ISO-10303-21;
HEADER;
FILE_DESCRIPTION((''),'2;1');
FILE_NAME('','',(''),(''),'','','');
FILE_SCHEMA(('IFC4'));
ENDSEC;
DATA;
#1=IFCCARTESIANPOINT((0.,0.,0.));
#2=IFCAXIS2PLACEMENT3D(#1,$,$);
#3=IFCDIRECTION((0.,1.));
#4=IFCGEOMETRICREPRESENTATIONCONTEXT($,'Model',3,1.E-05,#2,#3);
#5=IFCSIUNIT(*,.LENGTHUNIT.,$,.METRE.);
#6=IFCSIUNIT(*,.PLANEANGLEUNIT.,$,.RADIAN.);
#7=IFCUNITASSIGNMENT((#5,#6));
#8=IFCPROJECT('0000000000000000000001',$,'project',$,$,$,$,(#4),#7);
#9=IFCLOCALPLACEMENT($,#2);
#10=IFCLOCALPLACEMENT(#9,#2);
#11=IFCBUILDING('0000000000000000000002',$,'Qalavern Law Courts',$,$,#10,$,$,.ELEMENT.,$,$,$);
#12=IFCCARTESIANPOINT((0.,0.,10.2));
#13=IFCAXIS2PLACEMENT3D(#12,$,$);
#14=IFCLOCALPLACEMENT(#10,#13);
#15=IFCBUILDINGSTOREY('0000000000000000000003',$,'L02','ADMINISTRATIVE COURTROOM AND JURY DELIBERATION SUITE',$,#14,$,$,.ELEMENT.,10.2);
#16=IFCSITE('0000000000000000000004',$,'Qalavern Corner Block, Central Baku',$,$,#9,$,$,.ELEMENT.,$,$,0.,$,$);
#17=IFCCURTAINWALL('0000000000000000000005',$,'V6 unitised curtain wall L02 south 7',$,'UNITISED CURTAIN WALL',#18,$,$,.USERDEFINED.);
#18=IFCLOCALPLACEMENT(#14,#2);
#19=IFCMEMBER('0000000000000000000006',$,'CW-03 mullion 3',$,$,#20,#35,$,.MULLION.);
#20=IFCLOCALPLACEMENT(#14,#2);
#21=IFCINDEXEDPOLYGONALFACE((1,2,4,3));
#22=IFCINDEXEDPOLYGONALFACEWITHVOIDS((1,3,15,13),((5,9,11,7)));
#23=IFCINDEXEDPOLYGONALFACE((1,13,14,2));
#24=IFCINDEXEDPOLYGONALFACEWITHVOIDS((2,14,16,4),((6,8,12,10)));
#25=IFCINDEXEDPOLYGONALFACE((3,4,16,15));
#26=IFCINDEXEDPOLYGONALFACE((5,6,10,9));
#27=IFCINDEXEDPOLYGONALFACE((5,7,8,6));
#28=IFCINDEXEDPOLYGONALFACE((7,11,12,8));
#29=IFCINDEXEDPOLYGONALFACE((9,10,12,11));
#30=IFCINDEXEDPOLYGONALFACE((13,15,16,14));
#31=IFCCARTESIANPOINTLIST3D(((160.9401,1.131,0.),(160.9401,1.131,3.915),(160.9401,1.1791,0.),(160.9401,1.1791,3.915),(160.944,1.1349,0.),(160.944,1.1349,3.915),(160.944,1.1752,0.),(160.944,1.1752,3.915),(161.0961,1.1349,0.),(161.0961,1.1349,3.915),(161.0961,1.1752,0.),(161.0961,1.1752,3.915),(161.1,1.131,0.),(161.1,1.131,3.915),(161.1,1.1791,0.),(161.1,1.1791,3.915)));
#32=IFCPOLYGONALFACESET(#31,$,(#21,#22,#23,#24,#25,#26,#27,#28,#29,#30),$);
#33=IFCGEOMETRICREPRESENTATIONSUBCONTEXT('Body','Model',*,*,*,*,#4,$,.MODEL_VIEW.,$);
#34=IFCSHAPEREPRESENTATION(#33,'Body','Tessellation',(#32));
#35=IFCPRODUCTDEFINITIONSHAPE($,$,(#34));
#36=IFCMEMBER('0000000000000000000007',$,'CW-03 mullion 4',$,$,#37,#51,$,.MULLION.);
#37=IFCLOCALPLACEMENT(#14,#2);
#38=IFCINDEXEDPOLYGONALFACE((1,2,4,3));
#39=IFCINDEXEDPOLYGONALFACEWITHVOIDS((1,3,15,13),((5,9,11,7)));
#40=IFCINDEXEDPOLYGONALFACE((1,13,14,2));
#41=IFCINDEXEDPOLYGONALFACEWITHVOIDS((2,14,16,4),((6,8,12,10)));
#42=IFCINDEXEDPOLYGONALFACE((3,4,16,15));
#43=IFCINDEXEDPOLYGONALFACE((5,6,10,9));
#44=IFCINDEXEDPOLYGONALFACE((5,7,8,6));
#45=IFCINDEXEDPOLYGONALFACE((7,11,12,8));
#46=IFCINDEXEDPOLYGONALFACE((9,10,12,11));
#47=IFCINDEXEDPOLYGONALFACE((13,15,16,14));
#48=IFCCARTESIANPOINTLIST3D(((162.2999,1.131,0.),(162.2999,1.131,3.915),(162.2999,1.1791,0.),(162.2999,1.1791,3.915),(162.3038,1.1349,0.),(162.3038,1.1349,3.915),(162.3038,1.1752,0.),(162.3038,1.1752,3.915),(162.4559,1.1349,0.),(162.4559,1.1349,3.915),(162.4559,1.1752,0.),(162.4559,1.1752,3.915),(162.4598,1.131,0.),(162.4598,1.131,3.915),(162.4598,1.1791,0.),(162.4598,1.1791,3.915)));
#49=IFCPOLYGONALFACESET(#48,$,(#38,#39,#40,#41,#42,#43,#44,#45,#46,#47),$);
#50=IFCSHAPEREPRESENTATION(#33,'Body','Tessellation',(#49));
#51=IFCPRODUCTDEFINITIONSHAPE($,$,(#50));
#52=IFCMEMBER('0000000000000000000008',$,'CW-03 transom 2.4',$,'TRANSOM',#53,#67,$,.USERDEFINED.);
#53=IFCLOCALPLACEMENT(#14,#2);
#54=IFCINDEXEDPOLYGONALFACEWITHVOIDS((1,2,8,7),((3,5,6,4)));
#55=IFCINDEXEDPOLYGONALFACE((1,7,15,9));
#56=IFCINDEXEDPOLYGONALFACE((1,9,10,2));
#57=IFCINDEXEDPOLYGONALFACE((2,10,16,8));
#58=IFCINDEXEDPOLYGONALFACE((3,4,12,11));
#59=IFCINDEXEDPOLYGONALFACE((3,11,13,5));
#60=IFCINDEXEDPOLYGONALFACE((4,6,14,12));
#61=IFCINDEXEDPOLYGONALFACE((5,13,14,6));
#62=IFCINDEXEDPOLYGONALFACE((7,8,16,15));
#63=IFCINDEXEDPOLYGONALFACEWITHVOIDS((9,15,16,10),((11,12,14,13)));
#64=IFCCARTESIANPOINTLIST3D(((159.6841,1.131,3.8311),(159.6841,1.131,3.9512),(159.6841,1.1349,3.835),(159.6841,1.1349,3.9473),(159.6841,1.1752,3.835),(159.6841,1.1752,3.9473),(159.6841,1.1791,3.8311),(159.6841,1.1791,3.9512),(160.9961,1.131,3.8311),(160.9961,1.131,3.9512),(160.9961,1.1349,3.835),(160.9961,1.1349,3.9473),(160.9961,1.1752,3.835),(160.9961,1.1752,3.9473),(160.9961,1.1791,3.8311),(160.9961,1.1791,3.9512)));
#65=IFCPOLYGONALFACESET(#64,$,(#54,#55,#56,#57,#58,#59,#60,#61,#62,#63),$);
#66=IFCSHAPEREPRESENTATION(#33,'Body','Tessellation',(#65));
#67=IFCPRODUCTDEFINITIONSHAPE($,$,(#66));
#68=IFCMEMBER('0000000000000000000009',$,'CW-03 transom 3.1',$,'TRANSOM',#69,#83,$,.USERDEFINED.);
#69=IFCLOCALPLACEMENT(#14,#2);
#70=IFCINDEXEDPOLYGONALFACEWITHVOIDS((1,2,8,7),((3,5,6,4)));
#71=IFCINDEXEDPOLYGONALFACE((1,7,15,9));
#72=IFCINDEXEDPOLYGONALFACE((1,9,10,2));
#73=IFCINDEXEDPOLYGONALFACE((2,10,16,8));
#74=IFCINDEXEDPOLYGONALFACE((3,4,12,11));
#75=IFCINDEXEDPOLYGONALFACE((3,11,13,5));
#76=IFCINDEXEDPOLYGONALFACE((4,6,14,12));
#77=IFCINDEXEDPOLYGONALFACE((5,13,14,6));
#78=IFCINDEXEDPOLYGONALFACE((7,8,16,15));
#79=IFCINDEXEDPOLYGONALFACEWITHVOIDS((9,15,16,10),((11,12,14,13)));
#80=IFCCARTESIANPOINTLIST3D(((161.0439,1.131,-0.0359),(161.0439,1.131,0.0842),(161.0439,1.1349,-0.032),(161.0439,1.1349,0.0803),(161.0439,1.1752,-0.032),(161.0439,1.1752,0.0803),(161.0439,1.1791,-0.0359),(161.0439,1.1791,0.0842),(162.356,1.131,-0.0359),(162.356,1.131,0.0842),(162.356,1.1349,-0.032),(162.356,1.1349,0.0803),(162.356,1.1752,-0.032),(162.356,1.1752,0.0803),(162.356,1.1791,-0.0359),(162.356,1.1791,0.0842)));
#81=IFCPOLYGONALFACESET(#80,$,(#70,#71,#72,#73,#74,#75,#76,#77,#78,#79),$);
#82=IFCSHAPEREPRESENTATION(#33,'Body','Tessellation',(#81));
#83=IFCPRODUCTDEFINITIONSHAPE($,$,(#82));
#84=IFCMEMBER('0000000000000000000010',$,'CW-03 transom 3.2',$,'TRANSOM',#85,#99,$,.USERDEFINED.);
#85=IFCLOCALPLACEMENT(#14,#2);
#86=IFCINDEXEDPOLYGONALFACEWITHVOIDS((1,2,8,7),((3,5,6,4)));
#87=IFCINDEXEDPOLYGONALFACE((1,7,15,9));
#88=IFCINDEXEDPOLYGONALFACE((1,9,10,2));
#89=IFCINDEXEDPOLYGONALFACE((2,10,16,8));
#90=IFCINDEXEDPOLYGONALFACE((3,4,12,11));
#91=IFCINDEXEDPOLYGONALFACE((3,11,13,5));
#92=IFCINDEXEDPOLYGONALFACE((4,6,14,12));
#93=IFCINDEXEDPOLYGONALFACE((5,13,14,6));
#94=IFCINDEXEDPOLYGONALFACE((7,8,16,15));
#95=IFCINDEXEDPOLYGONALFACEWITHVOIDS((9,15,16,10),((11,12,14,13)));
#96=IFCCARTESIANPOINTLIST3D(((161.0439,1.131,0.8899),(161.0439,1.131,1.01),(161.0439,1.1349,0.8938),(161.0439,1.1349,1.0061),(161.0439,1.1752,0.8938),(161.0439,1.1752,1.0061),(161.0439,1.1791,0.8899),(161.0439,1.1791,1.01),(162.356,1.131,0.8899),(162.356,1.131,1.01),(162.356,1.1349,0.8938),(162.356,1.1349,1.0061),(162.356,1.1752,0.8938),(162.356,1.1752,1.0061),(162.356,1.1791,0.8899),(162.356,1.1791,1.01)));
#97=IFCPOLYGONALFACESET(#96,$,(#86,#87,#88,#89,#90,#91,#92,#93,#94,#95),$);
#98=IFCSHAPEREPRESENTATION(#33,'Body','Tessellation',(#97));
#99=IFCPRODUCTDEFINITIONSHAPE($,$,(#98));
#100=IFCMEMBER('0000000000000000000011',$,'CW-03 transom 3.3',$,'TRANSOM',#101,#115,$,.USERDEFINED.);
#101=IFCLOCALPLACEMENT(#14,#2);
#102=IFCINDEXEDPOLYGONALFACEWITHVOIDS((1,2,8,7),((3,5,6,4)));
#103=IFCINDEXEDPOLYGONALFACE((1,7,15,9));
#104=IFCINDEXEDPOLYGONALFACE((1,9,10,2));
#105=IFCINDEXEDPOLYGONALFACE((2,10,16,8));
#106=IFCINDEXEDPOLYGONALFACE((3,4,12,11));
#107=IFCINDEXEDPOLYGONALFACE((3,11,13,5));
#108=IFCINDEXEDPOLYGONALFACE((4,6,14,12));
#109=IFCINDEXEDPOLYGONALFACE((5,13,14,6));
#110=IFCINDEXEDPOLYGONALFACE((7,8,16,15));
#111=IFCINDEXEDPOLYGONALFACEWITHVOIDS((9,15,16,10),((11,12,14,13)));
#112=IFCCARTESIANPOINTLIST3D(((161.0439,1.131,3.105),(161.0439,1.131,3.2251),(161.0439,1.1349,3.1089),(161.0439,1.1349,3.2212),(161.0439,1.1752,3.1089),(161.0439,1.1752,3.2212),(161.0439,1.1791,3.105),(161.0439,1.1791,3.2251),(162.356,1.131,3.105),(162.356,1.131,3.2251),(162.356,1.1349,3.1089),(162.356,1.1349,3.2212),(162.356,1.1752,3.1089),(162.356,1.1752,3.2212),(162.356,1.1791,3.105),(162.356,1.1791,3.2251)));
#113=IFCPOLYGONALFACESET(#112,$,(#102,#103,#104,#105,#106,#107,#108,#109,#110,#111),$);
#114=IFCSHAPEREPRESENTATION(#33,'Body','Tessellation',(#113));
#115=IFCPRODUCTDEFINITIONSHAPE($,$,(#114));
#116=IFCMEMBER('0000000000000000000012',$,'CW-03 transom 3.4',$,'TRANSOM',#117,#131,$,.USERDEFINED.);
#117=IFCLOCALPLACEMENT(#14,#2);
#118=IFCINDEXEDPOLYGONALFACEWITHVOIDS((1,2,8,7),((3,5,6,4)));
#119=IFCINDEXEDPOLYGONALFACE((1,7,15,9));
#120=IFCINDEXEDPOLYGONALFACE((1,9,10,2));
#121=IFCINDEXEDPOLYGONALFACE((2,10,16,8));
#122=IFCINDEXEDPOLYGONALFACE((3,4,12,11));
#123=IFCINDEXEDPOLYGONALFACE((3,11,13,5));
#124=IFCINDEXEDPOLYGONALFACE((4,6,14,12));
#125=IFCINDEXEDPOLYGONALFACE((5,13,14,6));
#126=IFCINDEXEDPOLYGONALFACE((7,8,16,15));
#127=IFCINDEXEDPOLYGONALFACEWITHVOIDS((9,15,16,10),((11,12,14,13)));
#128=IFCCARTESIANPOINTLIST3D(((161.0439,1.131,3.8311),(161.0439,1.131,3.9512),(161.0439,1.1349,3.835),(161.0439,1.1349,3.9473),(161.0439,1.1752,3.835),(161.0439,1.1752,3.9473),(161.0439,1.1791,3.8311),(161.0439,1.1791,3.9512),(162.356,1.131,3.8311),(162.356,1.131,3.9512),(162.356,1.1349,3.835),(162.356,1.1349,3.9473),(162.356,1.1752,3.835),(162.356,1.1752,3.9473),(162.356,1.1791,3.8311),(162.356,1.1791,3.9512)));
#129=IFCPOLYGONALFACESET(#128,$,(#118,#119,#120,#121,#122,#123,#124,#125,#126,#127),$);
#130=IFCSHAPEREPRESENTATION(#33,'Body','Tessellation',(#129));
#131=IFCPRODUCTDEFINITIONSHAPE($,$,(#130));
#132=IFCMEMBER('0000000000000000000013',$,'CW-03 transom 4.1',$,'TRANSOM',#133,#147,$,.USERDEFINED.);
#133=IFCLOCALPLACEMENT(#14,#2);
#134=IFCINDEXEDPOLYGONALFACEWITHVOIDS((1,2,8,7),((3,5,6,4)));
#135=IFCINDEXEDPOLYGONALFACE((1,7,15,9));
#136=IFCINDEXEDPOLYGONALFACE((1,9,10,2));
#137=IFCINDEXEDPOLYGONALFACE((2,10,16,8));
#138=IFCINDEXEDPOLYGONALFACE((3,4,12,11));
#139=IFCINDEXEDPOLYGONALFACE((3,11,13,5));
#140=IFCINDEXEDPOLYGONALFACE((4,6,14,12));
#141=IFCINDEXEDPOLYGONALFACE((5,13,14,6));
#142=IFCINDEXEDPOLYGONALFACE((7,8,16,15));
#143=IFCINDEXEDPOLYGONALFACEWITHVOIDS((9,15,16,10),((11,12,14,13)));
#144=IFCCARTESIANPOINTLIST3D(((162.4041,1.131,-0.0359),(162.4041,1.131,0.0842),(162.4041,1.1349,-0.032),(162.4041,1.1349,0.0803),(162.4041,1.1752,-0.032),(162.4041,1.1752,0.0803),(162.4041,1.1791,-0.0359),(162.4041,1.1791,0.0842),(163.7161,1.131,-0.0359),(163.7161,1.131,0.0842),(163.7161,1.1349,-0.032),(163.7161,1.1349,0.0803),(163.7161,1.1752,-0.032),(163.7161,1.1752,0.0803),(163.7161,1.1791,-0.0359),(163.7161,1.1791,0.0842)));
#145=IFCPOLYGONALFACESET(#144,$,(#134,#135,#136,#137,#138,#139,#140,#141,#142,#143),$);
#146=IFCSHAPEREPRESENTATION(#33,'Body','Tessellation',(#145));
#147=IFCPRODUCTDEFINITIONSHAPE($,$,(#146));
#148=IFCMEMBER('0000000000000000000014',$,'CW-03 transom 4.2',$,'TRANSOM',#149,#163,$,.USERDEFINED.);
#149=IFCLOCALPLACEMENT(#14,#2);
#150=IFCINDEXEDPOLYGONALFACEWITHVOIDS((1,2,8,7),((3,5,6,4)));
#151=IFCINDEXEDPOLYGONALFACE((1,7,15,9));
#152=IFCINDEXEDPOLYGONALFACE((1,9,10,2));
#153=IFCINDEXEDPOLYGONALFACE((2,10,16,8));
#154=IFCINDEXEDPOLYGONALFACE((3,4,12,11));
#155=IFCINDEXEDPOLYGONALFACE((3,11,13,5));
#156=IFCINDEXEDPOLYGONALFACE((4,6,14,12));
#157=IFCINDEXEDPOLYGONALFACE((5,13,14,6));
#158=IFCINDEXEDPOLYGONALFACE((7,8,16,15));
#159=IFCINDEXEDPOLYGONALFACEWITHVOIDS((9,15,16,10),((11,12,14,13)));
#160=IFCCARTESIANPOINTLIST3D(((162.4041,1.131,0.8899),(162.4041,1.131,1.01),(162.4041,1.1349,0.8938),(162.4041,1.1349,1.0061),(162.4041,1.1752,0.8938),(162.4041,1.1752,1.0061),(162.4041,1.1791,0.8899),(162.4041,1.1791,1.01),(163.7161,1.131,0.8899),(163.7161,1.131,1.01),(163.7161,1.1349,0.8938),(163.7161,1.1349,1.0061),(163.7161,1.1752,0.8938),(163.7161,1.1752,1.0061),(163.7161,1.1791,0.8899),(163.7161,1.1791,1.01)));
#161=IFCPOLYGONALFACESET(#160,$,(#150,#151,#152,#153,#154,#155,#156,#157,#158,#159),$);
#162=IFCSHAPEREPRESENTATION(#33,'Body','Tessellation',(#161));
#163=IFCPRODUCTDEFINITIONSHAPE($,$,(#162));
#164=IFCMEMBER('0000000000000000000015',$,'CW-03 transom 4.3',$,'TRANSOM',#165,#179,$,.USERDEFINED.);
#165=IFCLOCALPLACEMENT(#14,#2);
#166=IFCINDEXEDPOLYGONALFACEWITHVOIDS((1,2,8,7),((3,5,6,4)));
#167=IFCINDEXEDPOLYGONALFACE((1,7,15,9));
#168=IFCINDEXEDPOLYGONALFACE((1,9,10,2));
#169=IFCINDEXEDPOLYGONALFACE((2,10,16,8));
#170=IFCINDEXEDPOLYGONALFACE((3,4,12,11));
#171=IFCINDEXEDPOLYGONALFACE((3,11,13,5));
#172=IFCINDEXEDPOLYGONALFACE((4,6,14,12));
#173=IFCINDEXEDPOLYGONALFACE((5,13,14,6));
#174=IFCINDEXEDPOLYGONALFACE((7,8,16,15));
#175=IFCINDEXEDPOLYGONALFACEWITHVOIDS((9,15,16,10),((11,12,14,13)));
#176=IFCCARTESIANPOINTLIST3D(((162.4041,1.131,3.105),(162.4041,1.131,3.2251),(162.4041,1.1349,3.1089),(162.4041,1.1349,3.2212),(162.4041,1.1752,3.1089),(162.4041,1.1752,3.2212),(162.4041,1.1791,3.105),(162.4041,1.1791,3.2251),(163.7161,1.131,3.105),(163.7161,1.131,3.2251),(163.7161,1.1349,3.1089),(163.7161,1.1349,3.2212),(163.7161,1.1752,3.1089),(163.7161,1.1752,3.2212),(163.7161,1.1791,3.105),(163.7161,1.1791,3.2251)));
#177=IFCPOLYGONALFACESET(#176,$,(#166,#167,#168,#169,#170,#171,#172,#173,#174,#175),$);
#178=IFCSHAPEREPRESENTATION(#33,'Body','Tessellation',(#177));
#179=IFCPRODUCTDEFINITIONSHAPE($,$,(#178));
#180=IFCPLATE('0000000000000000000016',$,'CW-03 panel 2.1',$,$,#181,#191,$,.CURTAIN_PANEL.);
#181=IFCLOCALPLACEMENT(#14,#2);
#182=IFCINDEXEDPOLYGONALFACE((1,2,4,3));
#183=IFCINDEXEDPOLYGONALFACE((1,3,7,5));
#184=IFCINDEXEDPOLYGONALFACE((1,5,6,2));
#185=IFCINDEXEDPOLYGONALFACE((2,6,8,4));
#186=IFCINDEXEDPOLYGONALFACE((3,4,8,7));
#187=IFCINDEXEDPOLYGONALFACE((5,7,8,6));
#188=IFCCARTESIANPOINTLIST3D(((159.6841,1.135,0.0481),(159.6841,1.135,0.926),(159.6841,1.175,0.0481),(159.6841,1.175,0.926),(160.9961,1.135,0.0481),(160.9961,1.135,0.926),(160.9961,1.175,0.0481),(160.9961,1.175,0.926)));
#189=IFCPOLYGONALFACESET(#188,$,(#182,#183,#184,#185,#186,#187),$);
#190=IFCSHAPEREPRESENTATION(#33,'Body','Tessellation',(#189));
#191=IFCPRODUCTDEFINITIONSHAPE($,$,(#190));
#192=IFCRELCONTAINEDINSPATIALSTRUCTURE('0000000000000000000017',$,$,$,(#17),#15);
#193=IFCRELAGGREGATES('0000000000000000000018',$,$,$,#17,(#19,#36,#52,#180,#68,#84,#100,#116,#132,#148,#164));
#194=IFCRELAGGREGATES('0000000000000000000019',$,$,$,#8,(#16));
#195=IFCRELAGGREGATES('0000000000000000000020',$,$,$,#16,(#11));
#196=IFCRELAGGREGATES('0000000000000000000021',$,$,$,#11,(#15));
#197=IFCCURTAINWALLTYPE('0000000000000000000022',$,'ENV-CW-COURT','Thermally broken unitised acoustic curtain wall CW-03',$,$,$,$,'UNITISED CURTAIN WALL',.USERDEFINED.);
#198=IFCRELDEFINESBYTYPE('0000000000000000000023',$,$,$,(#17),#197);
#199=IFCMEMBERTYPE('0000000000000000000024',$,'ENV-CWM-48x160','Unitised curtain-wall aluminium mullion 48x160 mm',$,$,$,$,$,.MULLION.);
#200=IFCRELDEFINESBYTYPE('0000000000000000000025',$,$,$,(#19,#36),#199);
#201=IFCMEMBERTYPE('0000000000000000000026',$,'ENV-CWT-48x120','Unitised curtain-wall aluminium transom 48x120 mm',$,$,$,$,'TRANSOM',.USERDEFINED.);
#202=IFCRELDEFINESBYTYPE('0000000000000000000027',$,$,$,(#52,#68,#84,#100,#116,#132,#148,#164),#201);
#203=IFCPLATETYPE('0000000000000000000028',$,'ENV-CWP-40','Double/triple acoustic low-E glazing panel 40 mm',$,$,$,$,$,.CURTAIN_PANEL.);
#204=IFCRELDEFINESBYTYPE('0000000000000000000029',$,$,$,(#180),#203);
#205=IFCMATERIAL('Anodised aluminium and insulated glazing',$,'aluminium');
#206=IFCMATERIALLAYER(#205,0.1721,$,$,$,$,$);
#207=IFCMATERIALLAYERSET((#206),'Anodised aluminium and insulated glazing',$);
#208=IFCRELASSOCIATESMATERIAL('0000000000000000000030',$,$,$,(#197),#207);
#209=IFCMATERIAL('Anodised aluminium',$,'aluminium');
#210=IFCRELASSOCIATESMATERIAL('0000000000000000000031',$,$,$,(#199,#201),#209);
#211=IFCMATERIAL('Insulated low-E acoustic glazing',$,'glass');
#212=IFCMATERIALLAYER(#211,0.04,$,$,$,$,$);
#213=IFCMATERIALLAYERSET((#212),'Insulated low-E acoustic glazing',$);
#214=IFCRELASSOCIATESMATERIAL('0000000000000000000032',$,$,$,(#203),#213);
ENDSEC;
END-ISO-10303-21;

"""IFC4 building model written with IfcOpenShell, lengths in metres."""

from ifc_helpers import new_model, si_unit, direction, frame, origin, origin_2d, place, context, subcontext, project, spatial, rectangle, hollow_rectangle, extrude, material, layer, layer_set, material_profile, profile_set, type_object, element, aggregate, save


model = new_model("IFC4")

# Units and contexts
model_context = context("Model", 3, precision=1e-05, world=origin(), true_north=direction((0.0, 1.0)))
body_context = subcontext(model_context, "Body", "Model", "MODEL_VIEW")
ifc_project = project(units=[si_unit("LENGTHUNIT", "METRE"), si_unit("PLANEANGLEUNIT", "RADIAN")], contexts=[model_context])

# Site, building, storey
site_placement = place(None, origin())
site = spatial("IfcSite", under=ifc_project, at=site_placement, Name="Qalavern Corner Block, Central Baku", CompositionType="ELEMENT", RefElevation=0.0)
building_placement = place(site_placement, origin())
building = spatial("IfcBuilding", under=site, at=building_placement, Name="Qalavern Law Courts", CompositionType="ELEMENT")
storey_placement = place(building_placement, frame((0.0, 0.0, 10.2)))
storey = spatial("IfcBuildingStorey", under=building, at=storey_placement, Name="L02", Description="ADMINISTRATIVE COURTROOM AND JURY DELIBERATION SUITE", CompositionType="ELEMENT", Elevation=10.2)

# Curtain wall, members, plate
ifc_material_1 = material(Name="Anodised aluminium and insulated glazing", Category="aluminium")
ifc_layer_1 = layer(ifc_material_1, 0.1721)
ifc_layer_set_1 = layer_set([ifc_layer_1], Name="Anodised aluminium and insulated glazing")
curtain_wall_type = type_object("IfcCurtainWallType", Name="ENV-CW-COURT", Description="Thermally broken unitised acoustic curtain wall CW-03", ElementType="UNITISED CURTAIN WALL", PredefinedType="USERDEFINED", material=ifc_layer_set_1)
curtain_wall_placement = place(storey_placement, origin())
curtain_wall = element("IfcCurtainWall", 1, at=curtain_wall_placement, inside=storey, type_object=curtain_wall_type, Name="V6 unitised curtain wall L02 south 7", ObjectType="UNITISED CURTAIN WALL", PredefinedType="USERDEFINED")
ifc_material_2 = material(Name="Anodised aluminium", Category="aluminium")
ifc_material_profile_1 = material_profile(ifc_material_2, hollow_rectangle(XDim=0.0481, YDim=0.1599, WallThickness=0.0039, at=origin_2d()), Name="ALU MULLION 48x160")
ifc_profile_set_1 = profile_set([ifc_material_profile_1], Name="Anodised aluminium")
member_type_1 = type_object("IfcMemberType", Name="ENV-CWM-48x160", Description="Unitised curtain-wall aluminium mullion 48x160 mm", PredefinedType="MULLION", material=ifc_profile_set_1)
member_1_placement = place(storey_placement, frame((161.02, 1.155, 0.0), z_axis=(0.0, 0.0, 1.0), x_axis=(0.0, 1.0, 0.0)))
member_1 = element("IfcMember", 2, at=member_1_placement, type_object=member_type_1, Name="CW-03 mullion 3", PredefinedType="MULLION", context=body_context, shape_type="SweptSolid", body=[
    extrude(hollow_rectangle(XDim=0.0481, YDim=0.1599, WallThickness=0.0039, at=origin_2d()), origin(), (0.0, 0.0, 1.0), 3.915),
])
member_2_placement = place(storey_placement, frame((162.3799, 1.155, 0.0), z_axis=(0.0, 0.0, 1.0), x_axis=(0.0, 1.0, 0.0)))
member_2 = element("IfcMember", 3, at=member_2_placement, type_object=member_type_1, Name="CW-03 mullion 4", PredefinedType="MULLION", context=body_context, shape_type="SweptSolid", body=[
    extrude(hollow_rectangle(XDim=0.0481, YDim=0.1599, WallThickness=0.0039, at=origin_2d()), origin(), (0.0, 0.0, 1.0), 3.915),
])
ifc_material_profile_2 = material_profile(ifc_material_2, hollow_rectangle(XDim=0.0481, YDim=0.1201, WallThickness=0.0039, at=origin_2d()), Name="ALU TRANSOM 48x120")
ifc_profile_set_2 = profile_set([ifc_material_profile_2], Name="Anodised aluminium")
member_type_2 = type_object("IfcMemberType", Name="ENV-CWT-48x120", Description="Unitised curtain-wall aluminium transom 48x120 mm", ElementType="TRANSOM", PredefinedType="USERDEFINED", material=ifc_profile_set_2)
member_3_placement = place(storey_placement, frame((159.6841, 1.155, 3.8911), z_axis=(1.0, 0.0, 0.0), x_axis=(0.0, 1.0, 0.0)))
member_3 = element("IfcMember", 4, at=member_3_placement, type_object=member_type_2, Name="CW-03 transom 2.4", ObjectType="TRANSOM", PredefinedType="USERDEFINED", context=body_context, shape_type="SweptSolid", body=[
    extrude(hollow_rectangle(XDim=0.0481, YDim=0.1201, WallThickness=0.0039, at=origin_2d()), origin(), (0.0, 0.0, 1.0), 1.312),
])
member_4_placement = place(storey_placement, frame((161.0439, 1.155, 0.0242), z_axis=(1.0, 0.0, 0.0), x_axis=(0.0, 1.0, 0.0)))
member_4 = element("IfcMember", 5, at=member_4_placement, type_object=member_type_2, Name="CW-03 transom 3.1", ObjectType="TRANSOM", PredefinedType="USERDEFINED", context=body_context, shape_type="SweptSolid", body=[
    extrude(hollow_rectangle(XDim=0.0481, YDim=0.1201, WallThickness=0.0039, at=origin_2d()), origin(), (0.0, 0.0, 1.0), 1.312),
])
member_5_placement = place(storey_placement, frame((161.0439, 1.155, 0.95), z_axis=(1.0, 0.0, 0.0), x_axis=(0.0, 1.0, 0.0)))
member_5 = element("IfcMember", 6, at=member_5_placement, type_object=member_type_2, Name="CW-03 transom 3.2", ObjectType="TRANSOM", PredefinedType="USERDEFINED", context=body_context, shape_type="SweptSolid", body=[
    extrude(hollow_rectangle(XDim=0.0481, YDim=0.1201, WallThickness=0.0039, at=origin_2d()), origin(), (0.0, 0.0, 1.0), 1.312),
])
member_6_placement = place(storey_placement, frame((161.0439, 1.155, 3.165), z_axis=(1.0, 0.0, 0.0), x_axis=(0.0, 1.0, 0.0)))
member_6 = element("IfcMember", 7, at=member_6_placement, type_object=member_type_2, Name="CW-03 transom 3.3", ObjectType="TRANSOM", PredefinedType="USERDEFINED", context=body_context, shape_type="SweptSolid", body=[
    extrude(hollow_rectangle(XDim=0.0481, YDim=0.1201, WallThickness=0.0039, at=origin_2d()), origin(), (0.0, 0.0, 1.0), 1.312),
])
member_7_placement = place(storey_placement, frame((161.0439, 1.155, 3.8911), z_axis=(1.0, 0.0, 0.0), x_axis=(0.0, 1.0, 0.0)))
member_7 = element("IfcMember", 8, at=member_7_placement, type_object=member_type_2, Name="CW-03 transom 3.4", ObjectType="TRANSOM", PredefinedType="USERDEFINED", context=body_context, shape_type="SweptSolid", body=[
    extrude(hollow_rectangle(XDim=0.0481, YDim=0.1201, WallThickness=0.0039, at=origin_2d()), origin(), (0.0, 0.0, 1.0), 1.312),
])
member_8_placement = place(storey_placement, frame((162.4041, 1.155, 0.0242), z_axis=(1.0, 0.0, 0.0), x_axis=(0.0, 1.0, 0.0)))
member_8 = element("IfcMember", 9, at=member_8_placement, type_object=member_type_2, Name="CW-03 transom 4.1", ObjectType="TRANSOM", PredefinedType="USERDEFINED", context=body_context, shape_type="SweptSolid", body=[
    extrude(hollow_rectangle(XDim=0.0481, YDim=0.1201, WallThickness=0.0039, at=origin_2d()), origin(), (0.0, 0.0, 1.0), 1.312),
])
member_9_placement = place(storey_placement, frame((162.4041, 1.155, 0.95), z_axis=(1.0, 0.0, 0.0), x_axis=(0.0, 1.0, 0.0)))
member_9 = element("IfcMember", 10, at=member_9_placement, type_object=member_type_2, Name="CW-03 transom 4.2", ObjectType="TRANSOM", PredefinedType="USERDEFINED", context=body_context, shape_type="SweptSolid", body=[
    extrude(hollow_rectangle(XDim=0.0481, YDim=0.1201, WallThickness=0.0039, at=origin_2d()), origin(), (0.0, 0.0, 1.0), 1.312),
])
member_10_placement = place(storey_placement, frame((162.4041, 1.155, 3.165), z_axis=(1.0, 0.0, 0.0), x_axis=(0.0, 1.0, 0.0)))
member_10 = element("IfcMember", 11, at=member_10_placement, type_object=member_type_2, Name="CW-03 transom 4.3", ObjectType="TRANSOM", PredefinedType="USERDEFINED", context=body_context, shape_type="SweptSolid", body=[
    extrude(hollow_rectangle(XDim=0.0481, YDim=0.1201, WallThickness=0.0039, at=origin_2d()), origin(), (0.0, 0.0, 1.0), 1.312),
])
ifc_material_3 = material(Name="Insulated low-E acoustic glazing", Category="glass")
ifc_layer_2 = layer(ifc_material_3, 0.04)
ifc_layer_set_2 = layer_set([ifc_layer_2], Name="Insulated low-E acoustic glazing")
plate_type = type_object("IfcPlateType", Name="ENV-CWP-40", Description="Double/triple acoustic low-E glazing panel 40 mm", PredefinedType="CURTAIN_PANEL", material=ifc_layer_set_2)
plate_1_placement = place(storey_placement, frame((160.3401, 1.155, 0.0481), z_axis=(0.0, 0.0, 1.0), x_axis=(1.0, 0.0, 0.0)))
plate_1 = element("IfcPlate", 12, at=plate_1_placement, type_object=plate_type, Name="CW-03 panel 2.1", PredefinedType="CURTAIN_PANEL", context=body_context, shape_type="SweptSolid", body=[
    extrude(rectangle(XDim=1.312, YDim=0.04, at=origin_2d()), origin(), (0.0, 0.0, 1.0), 0.8779),
])
aggregate(curtain_wall, [member_1, member_2, member_3, plate_1, member_4, member_5, member_6, member_7, member_8, member_9, member_10])

save(model, "model.ifc")
